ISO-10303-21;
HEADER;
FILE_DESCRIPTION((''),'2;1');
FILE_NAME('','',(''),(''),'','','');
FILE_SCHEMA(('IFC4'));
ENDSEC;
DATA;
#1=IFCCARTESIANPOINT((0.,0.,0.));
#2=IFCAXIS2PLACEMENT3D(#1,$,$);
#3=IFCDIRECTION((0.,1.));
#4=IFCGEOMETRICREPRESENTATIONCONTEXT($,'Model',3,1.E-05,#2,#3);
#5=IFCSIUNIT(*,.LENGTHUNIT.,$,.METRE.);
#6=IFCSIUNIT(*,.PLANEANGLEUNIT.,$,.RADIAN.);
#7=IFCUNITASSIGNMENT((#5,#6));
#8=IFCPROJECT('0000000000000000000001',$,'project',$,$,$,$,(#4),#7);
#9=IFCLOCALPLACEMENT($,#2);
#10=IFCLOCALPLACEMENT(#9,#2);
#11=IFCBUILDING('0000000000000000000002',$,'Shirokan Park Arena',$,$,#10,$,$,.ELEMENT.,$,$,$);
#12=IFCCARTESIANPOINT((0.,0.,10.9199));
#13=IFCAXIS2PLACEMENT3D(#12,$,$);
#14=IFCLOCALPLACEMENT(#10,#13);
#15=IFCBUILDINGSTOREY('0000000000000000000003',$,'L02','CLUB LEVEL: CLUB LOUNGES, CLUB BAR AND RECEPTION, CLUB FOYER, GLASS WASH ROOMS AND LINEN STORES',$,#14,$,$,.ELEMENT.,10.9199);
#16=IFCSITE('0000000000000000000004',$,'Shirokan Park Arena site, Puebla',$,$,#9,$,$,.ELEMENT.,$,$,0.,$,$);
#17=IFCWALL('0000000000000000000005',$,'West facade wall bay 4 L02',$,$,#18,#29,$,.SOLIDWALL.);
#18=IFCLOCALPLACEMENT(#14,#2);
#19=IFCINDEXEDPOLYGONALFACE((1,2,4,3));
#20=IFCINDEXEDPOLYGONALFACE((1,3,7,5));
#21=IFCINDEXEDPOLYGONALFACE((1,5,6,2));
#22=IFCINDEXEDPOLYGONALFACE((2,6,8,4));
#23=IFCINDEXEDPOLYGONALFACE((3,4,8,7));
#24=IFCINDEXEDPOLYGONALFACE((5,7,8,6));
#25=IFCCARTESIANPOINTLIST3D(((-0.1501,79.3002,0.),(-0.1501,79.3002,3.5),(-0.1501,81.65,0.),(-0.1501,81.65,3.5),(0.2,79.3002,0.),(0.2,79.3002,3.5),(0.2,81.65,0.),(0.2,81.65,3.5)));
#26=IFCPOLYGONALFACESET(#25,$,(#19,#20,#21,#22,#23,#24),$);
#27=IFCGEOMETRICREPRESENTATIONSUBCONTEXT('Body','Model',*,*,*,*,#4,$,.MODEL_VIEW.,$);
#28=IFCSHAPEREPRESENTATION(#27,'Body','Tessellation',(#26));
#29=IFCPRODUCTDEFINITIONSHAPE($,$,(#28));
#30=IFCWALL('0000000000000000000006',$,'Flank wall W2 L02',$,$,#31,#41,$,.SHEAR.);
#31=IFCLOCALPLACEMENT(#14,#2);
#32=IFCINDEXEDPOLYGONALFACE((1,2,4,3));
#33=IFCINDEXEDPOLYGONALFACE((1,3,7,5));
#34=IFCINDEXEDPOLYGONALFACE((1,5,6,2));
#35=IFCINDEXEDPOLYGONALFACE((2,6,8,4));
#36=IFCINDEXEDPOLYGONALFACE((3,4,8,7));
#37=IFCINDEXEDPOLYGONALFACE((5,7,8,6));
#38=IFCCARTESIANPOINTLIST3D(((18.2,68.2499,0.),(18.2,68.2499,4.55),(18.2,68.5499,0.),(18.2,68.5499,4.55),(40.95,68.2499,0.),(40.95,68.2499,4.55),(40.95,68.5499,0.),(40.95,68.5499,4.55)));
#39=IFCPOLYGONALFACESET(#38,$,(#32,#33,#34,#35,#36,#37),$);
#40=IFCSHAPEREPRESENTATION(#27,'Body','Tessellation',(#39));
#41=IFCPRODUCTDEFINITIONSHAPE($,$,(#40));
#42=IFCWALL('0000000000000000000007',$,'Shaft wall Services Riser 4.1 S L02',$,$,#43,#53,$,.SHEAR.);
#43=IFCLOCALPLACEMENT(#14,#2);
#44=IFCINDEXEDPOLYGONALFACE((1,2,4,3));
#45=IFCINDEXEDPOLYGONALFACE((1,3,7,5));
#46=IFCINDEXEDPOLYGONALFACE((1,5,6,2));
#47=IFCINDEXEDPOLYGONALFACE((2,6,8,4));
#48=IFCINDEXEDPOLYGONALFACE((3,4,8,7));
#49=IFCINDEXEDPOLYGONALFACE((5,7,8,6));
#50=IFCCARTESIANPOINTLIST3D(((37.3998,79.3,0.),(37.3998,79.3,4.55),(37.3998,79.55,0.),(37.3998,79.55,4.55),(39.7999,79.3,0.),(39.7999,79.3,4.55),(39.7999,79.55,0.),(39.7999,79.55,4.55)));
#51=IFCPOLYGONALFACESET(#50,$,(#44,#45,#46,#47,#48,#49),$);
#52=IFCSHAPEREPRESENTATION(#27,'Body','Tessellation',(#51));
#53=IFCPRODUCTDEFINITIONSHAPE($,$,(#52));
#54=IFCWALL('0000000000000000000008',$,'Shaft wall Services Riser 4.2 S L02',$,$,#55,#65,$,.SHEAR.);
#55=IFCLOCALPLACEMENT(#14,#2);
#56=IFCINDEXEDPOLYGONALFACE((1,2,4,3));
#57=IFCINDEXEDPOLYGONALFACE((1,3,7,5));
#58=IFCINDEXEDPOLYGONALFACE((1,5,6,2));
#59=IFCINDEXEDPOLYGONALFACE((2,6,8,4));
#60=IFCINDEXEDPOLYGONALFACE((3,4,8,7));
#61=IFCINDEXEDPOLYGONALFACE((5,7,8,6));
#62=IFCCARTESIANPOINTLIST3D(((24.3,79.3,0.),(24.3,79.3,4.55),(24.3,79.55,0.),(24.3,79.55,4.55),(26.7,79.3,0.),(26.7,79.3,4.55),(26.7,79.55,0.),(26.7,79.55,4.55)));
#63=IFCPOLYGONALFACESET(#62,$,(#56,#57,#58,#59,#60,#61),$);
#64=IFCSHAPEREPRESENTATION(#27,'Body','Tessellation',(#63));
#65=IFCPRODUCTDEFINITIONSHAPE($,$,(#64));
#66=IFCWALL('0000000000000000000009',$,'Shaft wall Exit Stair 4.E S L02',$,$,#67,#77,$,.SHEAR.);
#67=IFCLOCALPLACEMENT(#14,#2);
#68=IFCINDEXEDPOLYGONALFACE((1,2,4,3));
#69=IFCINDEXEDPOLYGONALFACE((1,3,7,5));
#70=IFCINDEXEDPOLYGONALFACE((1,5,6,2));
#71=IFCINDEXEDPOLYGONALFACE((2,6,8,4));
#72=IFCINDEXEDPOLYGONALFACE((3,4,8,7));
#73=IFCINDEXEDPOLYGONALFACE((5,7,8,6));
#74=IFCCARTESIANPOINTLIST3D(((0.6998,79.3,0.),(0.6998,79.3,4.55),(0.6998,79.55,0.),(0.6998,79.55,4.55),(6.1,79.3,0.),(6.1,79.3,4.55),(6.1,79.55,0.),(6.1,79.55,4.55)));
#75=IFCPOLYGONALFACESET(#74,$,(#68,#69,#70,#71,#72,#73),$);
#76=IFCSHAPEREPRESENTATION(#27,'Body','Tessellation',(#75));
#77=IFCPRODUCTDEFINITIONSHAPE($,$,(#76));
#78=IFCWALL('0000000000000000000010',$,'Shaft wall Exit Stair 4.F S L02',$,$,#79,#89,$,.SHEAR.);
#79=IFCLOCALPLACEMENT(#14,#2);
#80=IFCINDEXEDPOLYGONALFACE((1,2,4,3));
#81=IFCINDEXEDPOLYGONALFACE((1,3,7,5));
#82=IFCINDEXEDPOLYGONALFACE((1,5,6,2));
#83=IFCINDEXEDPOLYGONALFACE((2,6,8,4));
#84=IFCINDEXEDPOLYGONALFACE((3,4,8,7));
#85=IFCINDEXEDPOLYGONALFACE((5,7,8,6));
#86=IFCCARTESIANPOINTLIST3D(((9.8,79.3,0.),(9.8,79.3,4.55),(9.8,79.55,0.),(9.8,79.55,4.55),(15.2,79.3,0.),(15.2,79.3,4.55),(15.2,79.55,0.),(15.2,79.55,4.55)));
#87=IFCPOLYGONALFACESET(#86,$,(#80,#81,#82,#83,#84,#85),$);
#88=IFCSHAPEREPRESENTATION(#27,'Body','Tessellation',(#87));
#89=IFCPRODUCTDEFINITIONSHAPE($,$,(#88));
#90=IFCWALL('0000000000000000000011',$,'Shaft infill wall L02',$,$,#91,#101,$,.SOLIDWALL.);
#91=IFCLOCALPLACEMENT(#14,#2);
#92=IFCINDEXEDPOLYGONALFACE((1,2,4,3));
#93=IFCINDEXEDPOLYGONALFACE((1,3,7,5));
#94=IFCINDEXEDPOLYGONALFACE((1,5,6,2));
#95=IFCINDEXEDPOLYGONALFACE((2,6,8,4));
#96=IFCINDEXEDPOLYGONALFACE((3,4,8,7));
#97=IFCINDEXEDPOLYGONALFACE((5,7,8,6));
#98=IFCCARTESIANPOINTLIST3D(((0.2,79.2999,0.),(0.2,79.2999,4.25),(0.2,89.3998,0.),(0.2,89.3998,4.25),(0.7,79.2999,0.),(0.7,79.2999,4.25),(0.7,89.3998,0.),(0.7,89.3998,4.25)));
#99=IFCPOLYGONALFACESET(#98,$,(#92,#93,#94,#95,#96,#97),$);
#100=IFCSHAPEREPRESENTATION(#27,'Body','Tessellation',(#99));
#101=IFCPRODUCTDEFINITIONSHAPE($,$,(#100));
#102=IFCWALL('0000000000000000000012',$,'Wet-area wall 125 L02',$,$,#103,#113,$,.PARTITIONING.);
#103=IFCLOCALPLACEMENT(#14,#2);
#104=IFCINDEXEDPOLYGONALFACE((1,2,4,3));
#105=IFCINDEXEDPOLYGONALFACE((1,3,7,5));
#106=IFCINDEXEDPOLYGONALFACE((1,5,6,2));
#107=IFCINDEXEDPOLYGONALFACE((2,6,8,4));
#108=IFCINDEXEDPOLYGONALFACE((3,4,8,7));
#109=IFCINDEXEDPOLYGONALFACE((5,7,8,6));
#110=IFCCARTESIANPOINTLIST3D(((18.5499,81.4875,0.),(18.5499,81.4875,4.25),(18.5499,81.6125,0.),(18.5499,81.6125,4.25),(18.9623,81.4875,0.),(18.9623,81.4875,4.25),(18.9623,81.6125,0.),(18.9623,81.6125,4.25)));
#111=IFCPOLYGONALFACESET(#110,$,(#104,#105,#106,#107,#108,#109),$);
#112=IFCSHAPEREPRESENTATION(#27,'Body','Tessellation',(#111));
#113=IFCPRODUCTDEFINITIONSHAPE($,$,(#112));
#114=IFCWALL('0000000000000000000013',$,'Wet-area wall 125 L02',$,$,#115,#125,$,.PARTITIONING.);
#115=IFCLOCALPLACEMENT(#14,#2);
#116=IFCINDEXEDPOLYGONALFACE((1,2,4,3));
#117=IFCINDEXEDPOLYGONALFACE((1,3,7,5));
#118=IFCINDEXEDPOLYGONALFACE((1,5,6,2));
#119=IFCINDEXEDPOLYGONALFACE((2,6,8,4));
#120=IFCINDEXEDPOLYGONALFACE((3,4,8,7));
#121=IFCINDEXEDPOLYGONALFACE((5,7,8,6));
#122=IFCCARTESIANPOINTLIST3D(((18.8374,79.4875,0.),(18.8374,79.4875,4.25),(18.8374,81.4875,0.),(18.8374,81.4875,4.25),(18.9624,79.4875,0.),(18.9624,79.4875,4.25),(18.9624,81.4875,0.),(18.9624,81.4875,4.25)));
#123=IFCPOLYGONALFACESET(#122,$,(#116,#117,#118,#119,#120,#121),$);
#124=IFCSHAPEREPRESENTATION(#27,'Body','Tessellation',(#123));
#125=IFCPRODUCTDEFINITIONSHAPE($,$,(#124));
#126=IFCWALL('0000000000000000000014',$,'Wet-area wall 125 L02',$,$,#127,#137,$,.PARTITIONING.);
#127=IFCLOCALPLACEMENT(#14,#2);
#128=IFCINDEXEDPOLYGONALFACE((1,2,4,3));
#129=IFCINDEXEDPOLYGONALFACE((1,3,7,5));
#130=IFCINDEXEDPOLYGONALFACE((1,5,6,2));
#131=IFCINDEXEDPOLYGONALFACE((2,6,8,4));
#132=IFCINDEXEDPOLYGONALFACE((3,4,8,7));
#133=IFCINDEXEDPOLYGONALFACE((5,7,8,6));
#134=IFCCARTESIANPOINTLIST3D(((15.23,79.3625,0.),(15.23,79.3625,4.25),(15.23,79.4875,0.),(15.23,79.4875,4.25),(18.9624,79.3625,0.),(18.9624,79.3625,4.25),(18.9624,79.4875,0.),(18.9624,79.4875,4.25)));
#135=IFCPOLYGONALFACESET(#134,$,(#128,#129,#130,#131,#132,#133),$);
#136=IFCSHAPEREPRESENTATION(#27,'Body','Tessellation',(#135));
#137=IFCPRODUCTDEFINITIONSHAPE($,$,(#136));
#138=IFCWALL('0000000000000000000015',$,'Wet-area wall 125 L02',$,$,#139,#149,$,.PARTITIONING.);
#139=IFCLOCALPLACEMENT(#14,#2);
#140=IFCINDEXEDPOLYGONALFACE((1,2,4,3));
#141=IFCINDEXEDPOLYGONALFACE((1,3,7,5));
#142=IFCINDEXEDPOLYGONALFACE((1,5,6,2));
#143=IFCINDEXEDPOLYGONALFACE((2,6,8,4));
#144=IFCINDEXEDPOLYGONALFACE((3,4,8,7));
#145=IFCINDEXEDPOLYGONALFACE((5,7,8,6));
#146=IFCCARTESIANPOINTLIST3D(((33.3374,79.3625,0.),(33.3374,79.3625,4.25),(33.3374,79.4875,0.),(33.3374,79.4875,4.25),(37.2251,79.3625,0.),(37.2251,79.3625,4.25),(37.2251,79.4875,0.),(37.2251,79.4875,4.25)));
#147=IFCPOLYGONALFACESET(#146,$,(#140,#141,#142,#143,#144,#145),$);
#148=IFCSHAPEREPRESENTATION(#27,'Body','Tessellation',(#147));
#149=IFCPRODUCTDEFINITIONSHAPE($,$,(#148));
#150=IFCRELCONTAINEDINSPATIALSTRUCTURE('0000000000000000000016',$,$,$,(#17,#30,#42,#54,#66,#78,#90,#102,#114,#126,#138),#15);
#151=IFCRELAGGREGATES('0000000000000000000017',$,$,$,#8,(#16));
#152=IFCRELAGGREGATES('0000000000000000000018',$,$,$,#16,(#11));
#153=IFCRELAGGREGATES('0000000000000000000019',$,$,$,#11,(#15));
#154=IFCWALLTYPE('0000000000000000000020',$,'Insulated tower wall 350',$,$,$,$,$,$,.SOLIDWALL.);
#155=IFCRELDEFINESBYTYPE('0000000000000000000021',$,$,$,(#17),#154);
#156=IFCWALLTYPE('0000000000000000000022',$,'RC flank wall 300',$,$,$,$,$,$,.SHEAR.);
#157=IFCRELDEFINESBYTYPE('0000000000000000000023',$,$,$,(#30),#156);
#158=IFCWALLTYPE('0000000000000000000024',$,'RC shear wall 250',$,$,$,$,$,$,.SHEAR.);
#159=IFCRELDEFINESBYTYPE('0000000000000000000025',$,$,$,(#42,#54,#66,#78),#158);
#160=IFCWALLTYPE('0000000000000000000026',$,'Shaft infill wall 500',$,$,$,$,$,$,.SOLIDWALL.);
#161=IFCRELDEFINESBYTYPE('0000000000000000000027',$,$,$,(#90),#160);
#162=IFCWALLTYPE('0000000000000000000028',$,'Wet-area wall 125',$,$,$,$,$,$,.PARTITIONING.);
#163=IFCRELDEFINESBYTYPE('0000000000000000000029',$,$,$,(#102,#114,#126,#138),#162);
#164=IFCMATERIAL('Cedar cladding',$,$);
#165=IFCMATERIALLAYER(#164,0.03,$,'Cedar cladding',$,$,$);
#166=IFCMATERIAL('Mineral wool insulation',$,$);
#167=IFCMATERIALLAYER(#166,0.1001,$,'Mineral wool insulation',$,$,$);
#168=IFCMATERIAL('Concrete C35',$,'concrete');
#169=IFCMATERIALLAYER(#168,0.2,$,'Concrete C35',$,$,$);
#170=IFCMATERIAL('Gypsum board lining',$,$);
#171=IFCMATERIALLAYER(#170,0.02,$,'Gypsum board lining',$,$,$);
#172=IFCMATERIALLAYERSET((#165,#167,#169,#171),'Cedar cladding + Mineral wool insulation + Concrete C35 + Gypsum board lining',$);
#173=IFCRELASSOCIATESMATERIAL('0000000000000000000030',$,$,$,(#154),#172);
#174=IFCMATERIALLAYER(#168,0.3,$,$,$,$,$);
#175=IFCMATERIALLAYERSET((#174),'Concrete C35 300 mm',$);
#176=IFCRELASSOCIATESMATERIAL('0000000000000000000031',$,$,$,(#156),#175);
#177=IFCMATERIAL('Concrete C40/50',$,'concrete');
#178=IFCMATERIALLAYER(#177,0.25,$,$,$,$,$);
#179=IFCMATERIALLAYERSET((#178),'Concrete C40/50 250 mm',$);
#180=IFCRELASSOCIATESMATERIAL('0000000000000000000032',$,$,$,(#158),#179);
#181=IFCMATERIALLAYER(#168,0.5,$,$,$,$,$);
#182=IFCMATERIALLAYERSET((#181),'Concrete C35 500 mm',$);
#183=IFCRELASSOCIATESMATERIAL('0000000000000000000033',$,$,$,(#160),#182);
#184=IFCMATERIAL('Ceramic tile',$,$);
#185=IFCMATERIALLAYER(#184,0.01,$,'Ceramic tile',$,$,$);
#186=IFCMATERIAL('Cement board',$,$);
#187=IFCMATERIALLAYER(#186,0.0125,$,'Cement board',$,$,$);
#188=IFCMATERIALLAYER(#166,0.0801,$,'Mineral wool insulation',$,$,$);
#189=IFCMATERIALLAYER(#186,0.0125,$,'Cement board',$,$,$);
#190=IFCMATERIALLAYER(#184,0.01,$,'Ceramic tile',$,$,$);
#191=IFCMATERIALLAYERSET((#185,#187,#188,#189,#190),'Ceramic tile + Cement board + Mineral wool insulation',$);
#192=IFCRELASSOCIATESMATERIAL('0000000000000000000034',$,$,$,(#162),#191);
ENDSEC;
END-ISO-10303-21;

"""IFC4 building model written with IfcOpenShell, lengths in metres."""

from ifc_helpers import new_model, si_unit, direction, frame, frame_2d, origin, place, context, subcontext, project, spatial, rectangle, extrude, material, layer, layer_set, type_object, element, save


model = new_model("IFC4")

# Units and contexts
model_context = context("Model", 3, precision=1e-05, world=origin(), true_north=direction((0.0, 1.0)))
body_context = subcontext(model_context, "Body", "Model", "MODEL_VIEW")
ifc_project = project(units=[si_unit("LENGTHUNIT", "METRE"), si_unit("PLANEANGLEUNIT", "RADIAN")], contexts=[model_context])

# Site, building, storey
site_placement = place(None, origin())
site = spatial("IfcSite", under=ifc_project, at=site_placement, Name="Shirokan Park Arena site, Puebla", CompositionType="ELEMENT", RefElevation=0.0)
building_placement = place(site_placement, origin())
building = spatial("IfcBuilding", under=site, at=building_placement, Name="Shirokan Park Arena", CompositionType="ELEMENT")
storey_placement = place(building_placement, frame((0.0, 0.0, 10.9199)))
storey = spatial("IfcBuildingStorey", under=building, at=storey_placement, Name="L02", Description="CLUB LEVEL: CLUB LOUNGES, CLUB BAR AND RECEPTION, CLUB FOYER, GLASS WASH ROOMS AND LINEN STORES", CompositionType="ELEMENT", Elevation=10.9199)

# Shared definitions
ifc_material_1 = material(Name="Concrete C35", Category="concrete")

# Walls
ifc_material_2 = material(Name="Cedar cladding")
ifc_layer_1 = layer(ifc_material_2, 0.03, Name="Cedar cladding")
ifc_material_3 = material(Name="Mineral wool insulation")
ifc_layer_2 = layer(ifc_material_3, 0.1001, Name="Mineral wool insulation")
ifc_layer_3 = layer(ifc_material_1, 0.2, Name="Concrete C35")
ifc_material_4 = material(Name="Gypsum board lining")
ifc_layer_4 = layer(ifc_material_4, 0.02, Name="Gypsum board lining")
ifc_layer_set_1 = layer_set([ifc_layer_1, ifc_layer_2, ifc_layer_3, ifc_layer_4], Name="Cedar cladding + Mineral wool insulation + Concrete C35 + Gypsum board lining")
wall_type_1 = type_object("IfcWallType", Name="Insulated tower wall 350", PredefinedType="SOLIDWALL", material=ifc_layer_set_1)
wall_1_placement = place(storey_placement, frame((0.0249, 81.6499, 0.0), z_axis=(0.0, 0.0, 1.0), x_axis=(0.0, -1.0, 0.0)))
element("IfcWall", 1, at=wall_1_placement, inside=storey, type_object=wall_type_1, Name="West facade wall bay 4 L02", PredefinedType="SOLIDWALL", context=body_context, shape_type="SweptSolid", body=[
    extrude(rectangle(XDim=2.3499, YDim=0.3501, at=frame_2d((1.1748, 0.0))), origin(), (0.0, 0.0, 1.0), 3.5),
])
ifc_layer_5 = layer(ifc_material_1, 0.3)
ifc_layer_set_2 = layer_set([ifc_layer_5], Name="Concrete C35 300 mm")
wall_type_2 = type_object("IfcWallType", Name="RC flank wall 300", PredefinedType="SHEAR", material=ifc_layer_set_2)
wall_2_placement = place(storey_placement, frame((40.95, 68.3999, 0.0), z_axis=(0.0, 0.0, 1.0), x_axis=(-1.0, 0.0, 0.0)))
element("IfcWall", 2, at=wall_2_placement, inside=storey, type_object=wall_type_2, Name="Flank wall W2 L02", PredefinedType="SHEAR", context=body_context, shape_type="SweptSolid", body=[
    extrude(rectangle(XDim=22.75, YDim=0.3, at=frame_2d((11.375, 0.0))), origin(), (0.0, 0.0, 1.0), 4.55),
])
ifc_material_5 = material(Name="Concrete C40/50", Category="concrete")
ifc_layer_6 = layer(ifc_material_5, 0.25)
ifc_layer_set_3 = layer_set([ifc_layer_6], Name="Concrete C40/50 250 mm")
wall_type_3 = type_object("IfcWallType", Name="RC shear wall 250", PredefinedType="SHEAR", material=ifc_layer_set_3)
wall_3_placement = place(storey_placement, frame((39.8, 79.425, 0.0), z_axis=(0.0, 0.0, 1.0), x_axis=(-1.0, 0.0, 0.0)))
element("IfcWall", 3, at=wall_3_placement, inside=storey, type_object=wall_type_3, Name="Shaft wall Services Riser 4.1 S L02", PredefinedType="SHEAR", context=body_context, shape_type="SweptSolid", body=[
    extrude(rectangle(XDim=2.4001, YDim=0.25, at=frame_2d((1.2002, 0.0))), origin(), (0.0, 0.0, 1.0), 4.55),
])
wall_4_placement = place(storey_placement, frame((26.7, 79.425, 0.0), z_axis=(0.0, 0.0, 1.0), x_axis=(-1.0, 0.0, 0.0)))
element("IfcWall", 4, at=wall_4_placement, inside=storey, type_object=wall_type_3, Name="Shaft wall Services Riser 4.2 S L02", PredefinedType="SHEAR", context=body_context, shape_type="SweptSolid", body=[
    extrude(rectangle(XDim=2.3999, YDim=0.25, at=frame_2d((1.2, 0.0))), origin(), (0.0, 0.0, 1.0), 4.55),
])
wall_5_placement = place(storey_placement, frame((6.1001, 79.425, 0.0), z_axis=(0.0, 0.0, 1.0), x_axis=(-1.0, 0.0, 0.0)))
element("IfcWall", 5, at=wall_5_placement, inside=storey, type_object=wall_type_3, Name="Shaft wall Exit Stair 4.E S L02", PredefinedType="SHEAR", context=body_context, shape_type="SweptSolid", body=[
    extrude(rectangle(XDim=5.4001, YDim=0.25, at=frame_2d((2.7002, 0.0))), origin(), (0.0, 0.0, 1.0), 4.55),
])
wall_6_placement = place(storey_placement, frame((15.2, 79.425, 0.0), z_axis=(0.0, 0.0, 1.0), x_axis=(-1.0, 0.0, 0.0)))
element("IfcWall", 6, at=wall_6_placement, inside=storey, type_object=wall_type_3, Name="Shaft wall Exit Stair 4.F S L02", PredefinedType="SHEAR", context=body_context, shape_type="SweptSolid", body=[
    extrude(rectangle(XDim=5.3999, YDim=0.25, at=frame_2d((2.7, 0.0))), origin(), (0.0, 0.0, 1.0), 4.55),
])
ifc_layer_7 = layer(ifc_material_1, 0.5)
ifc_layer_set_4 = layer_set([ifc_layer_7], Name="Concrete C35 500 mm")
wall_type_4 = type_object("IfcWallType", Name="Shaft infill wall 500", PredefinedType="SOLIDWALL", material=ifc_layer_set_4)
wall_7_placement = place(storey_placement, frame((0.45, 79.3, 0.0), z_axis=(0.0, 0.0, 1.0), x_axis=(0.0, 1.0, 0.0)))
element("IfcWall", 7, at=wall_7_placement, inside=storey, type_object=wall_type_4, Name="Shaft infill wall L02", PredefinedType="SOLIDWALL", context=body_context, shape_type="SweptSolid", body=[
    extrude(rectangle(XDim=10.0999, YDim=0.5, at=frame_2d((5.0498, 0.0))), origin(), (0.0, 0.0, 1.0), 4.25),
])
ifc_material_6 = material(Name="Ceramic tile")
ifc_layer_8 = layer(ifc_material_6, 0.01, Name="Ceramic tile")
ifc_material_7 = material(Name="Cement board")
ifc_layer_9 = layer(ifc_material_7, 0.0125, Name="Cement board")
ifc_layer_10 = layer(ifc_material_3, 0.0801, Name="Mineral wool insulation")
ifc_layer_11 = layer(ifc_material_7, 0.0125, Name="Cement board")
ifc_layer_12 = layer(ifc_material_6, 0.01, Name="Ceramic tile")
ifc_layer_set_5 = layer_set([ifc_layer_8, ifc_layer_9, ifc_layer_10, ifc_layer_11, ifc_layer_12], Name="Ceramic tile + Cement board + Mineral wool insulation")
wall_type_5 = type_object("IfcWallType", Name="Wet-area wall 125", PredefinedType="PARTITIONING", material=ifc_layer_set_5)
wall_8_placement = place(storey_placement, frame((18.55, 81.55, 0.0), z_axis=(0.0, 0.0, 1.0), x_axis=(1.0, 0.0, 0.0)))
element("IfcWall", 8, at=wall_8_placement, inside=storey, type_object=wall_type_5, Name="Wet-area wall 125 L02", PredefinedType="PARTITIONING", context=body_context, shape_type="SweptSolid", body=[
    extrude(rectangle(XDim=0.4124, YDim=0.125, at=frame_2d((0.2061, 0.0))), origin(), (0.0, 0.0, 1.0), 4.25),
])
wall_9_placement = place(storey_placement, frame((18.8999, 81.4875, 0.0), z_axis=(0.0, 0.0, 1.0), x_axis=(0.0, -1.0, 0.0)))
element("IfcWall", 9, at=wall_9_placement, inside=storey, type_object=wall_type_5, Name="Wet-area wall 125 L02", PredefinedType="PARTITIONING", context=body_context, shape_type="SweptSolid", body=[
    extrude(rectangle(XDim=2.0, YDim=0.125, at=frame_2d((1.0, 0.0))), origin(), (0.0, 0.0, 1.0), 4.25),
])
wall_10_placement = place(storey_placement, frame((18.9624, 79.425, 0.0), z_axis=(0.0, 0.0, 1.0), x_axis=(-1.0, 0.0, 0.0)))
element("IfcWall", 10, at=wall_10_placement, inside=storey, type_object=wall_type_5, Name="Wet-area wall 125 L02", PredefinedType="PARTITIONING", context=body_context, shape_type="SweptSolid", body=[
    extrude(rectangle(XDim=3.7324, YDim=0.125, at=frame_2d((1.8662, 0.0))), origin(), (0.0, 0.0, 1.0), 4.25),
])
wall_11_placement = place(storey_placement, frame((33.3374, 79.425, 0.0), z_axis=(0.0, 0.0, 1.0), x_axis=(1.0, 0.0, 0.0)))
element("IfcWall", 11, at=wall_11_placement, inside=storey, type_object=wall_type_5, Name="Wet-area wall 125 L02", PredefinedType="PARTITIONING", context=body_context, shape_type="SweptSolid", body=[
    extrude(rectangle(XDim=3.8877, YDim=0.125, at=frame_2d((1.9438, 0.0))), origin(), (0.0, 0.0, 1.0), 4.25),
])

save(model, "model.ifc")
